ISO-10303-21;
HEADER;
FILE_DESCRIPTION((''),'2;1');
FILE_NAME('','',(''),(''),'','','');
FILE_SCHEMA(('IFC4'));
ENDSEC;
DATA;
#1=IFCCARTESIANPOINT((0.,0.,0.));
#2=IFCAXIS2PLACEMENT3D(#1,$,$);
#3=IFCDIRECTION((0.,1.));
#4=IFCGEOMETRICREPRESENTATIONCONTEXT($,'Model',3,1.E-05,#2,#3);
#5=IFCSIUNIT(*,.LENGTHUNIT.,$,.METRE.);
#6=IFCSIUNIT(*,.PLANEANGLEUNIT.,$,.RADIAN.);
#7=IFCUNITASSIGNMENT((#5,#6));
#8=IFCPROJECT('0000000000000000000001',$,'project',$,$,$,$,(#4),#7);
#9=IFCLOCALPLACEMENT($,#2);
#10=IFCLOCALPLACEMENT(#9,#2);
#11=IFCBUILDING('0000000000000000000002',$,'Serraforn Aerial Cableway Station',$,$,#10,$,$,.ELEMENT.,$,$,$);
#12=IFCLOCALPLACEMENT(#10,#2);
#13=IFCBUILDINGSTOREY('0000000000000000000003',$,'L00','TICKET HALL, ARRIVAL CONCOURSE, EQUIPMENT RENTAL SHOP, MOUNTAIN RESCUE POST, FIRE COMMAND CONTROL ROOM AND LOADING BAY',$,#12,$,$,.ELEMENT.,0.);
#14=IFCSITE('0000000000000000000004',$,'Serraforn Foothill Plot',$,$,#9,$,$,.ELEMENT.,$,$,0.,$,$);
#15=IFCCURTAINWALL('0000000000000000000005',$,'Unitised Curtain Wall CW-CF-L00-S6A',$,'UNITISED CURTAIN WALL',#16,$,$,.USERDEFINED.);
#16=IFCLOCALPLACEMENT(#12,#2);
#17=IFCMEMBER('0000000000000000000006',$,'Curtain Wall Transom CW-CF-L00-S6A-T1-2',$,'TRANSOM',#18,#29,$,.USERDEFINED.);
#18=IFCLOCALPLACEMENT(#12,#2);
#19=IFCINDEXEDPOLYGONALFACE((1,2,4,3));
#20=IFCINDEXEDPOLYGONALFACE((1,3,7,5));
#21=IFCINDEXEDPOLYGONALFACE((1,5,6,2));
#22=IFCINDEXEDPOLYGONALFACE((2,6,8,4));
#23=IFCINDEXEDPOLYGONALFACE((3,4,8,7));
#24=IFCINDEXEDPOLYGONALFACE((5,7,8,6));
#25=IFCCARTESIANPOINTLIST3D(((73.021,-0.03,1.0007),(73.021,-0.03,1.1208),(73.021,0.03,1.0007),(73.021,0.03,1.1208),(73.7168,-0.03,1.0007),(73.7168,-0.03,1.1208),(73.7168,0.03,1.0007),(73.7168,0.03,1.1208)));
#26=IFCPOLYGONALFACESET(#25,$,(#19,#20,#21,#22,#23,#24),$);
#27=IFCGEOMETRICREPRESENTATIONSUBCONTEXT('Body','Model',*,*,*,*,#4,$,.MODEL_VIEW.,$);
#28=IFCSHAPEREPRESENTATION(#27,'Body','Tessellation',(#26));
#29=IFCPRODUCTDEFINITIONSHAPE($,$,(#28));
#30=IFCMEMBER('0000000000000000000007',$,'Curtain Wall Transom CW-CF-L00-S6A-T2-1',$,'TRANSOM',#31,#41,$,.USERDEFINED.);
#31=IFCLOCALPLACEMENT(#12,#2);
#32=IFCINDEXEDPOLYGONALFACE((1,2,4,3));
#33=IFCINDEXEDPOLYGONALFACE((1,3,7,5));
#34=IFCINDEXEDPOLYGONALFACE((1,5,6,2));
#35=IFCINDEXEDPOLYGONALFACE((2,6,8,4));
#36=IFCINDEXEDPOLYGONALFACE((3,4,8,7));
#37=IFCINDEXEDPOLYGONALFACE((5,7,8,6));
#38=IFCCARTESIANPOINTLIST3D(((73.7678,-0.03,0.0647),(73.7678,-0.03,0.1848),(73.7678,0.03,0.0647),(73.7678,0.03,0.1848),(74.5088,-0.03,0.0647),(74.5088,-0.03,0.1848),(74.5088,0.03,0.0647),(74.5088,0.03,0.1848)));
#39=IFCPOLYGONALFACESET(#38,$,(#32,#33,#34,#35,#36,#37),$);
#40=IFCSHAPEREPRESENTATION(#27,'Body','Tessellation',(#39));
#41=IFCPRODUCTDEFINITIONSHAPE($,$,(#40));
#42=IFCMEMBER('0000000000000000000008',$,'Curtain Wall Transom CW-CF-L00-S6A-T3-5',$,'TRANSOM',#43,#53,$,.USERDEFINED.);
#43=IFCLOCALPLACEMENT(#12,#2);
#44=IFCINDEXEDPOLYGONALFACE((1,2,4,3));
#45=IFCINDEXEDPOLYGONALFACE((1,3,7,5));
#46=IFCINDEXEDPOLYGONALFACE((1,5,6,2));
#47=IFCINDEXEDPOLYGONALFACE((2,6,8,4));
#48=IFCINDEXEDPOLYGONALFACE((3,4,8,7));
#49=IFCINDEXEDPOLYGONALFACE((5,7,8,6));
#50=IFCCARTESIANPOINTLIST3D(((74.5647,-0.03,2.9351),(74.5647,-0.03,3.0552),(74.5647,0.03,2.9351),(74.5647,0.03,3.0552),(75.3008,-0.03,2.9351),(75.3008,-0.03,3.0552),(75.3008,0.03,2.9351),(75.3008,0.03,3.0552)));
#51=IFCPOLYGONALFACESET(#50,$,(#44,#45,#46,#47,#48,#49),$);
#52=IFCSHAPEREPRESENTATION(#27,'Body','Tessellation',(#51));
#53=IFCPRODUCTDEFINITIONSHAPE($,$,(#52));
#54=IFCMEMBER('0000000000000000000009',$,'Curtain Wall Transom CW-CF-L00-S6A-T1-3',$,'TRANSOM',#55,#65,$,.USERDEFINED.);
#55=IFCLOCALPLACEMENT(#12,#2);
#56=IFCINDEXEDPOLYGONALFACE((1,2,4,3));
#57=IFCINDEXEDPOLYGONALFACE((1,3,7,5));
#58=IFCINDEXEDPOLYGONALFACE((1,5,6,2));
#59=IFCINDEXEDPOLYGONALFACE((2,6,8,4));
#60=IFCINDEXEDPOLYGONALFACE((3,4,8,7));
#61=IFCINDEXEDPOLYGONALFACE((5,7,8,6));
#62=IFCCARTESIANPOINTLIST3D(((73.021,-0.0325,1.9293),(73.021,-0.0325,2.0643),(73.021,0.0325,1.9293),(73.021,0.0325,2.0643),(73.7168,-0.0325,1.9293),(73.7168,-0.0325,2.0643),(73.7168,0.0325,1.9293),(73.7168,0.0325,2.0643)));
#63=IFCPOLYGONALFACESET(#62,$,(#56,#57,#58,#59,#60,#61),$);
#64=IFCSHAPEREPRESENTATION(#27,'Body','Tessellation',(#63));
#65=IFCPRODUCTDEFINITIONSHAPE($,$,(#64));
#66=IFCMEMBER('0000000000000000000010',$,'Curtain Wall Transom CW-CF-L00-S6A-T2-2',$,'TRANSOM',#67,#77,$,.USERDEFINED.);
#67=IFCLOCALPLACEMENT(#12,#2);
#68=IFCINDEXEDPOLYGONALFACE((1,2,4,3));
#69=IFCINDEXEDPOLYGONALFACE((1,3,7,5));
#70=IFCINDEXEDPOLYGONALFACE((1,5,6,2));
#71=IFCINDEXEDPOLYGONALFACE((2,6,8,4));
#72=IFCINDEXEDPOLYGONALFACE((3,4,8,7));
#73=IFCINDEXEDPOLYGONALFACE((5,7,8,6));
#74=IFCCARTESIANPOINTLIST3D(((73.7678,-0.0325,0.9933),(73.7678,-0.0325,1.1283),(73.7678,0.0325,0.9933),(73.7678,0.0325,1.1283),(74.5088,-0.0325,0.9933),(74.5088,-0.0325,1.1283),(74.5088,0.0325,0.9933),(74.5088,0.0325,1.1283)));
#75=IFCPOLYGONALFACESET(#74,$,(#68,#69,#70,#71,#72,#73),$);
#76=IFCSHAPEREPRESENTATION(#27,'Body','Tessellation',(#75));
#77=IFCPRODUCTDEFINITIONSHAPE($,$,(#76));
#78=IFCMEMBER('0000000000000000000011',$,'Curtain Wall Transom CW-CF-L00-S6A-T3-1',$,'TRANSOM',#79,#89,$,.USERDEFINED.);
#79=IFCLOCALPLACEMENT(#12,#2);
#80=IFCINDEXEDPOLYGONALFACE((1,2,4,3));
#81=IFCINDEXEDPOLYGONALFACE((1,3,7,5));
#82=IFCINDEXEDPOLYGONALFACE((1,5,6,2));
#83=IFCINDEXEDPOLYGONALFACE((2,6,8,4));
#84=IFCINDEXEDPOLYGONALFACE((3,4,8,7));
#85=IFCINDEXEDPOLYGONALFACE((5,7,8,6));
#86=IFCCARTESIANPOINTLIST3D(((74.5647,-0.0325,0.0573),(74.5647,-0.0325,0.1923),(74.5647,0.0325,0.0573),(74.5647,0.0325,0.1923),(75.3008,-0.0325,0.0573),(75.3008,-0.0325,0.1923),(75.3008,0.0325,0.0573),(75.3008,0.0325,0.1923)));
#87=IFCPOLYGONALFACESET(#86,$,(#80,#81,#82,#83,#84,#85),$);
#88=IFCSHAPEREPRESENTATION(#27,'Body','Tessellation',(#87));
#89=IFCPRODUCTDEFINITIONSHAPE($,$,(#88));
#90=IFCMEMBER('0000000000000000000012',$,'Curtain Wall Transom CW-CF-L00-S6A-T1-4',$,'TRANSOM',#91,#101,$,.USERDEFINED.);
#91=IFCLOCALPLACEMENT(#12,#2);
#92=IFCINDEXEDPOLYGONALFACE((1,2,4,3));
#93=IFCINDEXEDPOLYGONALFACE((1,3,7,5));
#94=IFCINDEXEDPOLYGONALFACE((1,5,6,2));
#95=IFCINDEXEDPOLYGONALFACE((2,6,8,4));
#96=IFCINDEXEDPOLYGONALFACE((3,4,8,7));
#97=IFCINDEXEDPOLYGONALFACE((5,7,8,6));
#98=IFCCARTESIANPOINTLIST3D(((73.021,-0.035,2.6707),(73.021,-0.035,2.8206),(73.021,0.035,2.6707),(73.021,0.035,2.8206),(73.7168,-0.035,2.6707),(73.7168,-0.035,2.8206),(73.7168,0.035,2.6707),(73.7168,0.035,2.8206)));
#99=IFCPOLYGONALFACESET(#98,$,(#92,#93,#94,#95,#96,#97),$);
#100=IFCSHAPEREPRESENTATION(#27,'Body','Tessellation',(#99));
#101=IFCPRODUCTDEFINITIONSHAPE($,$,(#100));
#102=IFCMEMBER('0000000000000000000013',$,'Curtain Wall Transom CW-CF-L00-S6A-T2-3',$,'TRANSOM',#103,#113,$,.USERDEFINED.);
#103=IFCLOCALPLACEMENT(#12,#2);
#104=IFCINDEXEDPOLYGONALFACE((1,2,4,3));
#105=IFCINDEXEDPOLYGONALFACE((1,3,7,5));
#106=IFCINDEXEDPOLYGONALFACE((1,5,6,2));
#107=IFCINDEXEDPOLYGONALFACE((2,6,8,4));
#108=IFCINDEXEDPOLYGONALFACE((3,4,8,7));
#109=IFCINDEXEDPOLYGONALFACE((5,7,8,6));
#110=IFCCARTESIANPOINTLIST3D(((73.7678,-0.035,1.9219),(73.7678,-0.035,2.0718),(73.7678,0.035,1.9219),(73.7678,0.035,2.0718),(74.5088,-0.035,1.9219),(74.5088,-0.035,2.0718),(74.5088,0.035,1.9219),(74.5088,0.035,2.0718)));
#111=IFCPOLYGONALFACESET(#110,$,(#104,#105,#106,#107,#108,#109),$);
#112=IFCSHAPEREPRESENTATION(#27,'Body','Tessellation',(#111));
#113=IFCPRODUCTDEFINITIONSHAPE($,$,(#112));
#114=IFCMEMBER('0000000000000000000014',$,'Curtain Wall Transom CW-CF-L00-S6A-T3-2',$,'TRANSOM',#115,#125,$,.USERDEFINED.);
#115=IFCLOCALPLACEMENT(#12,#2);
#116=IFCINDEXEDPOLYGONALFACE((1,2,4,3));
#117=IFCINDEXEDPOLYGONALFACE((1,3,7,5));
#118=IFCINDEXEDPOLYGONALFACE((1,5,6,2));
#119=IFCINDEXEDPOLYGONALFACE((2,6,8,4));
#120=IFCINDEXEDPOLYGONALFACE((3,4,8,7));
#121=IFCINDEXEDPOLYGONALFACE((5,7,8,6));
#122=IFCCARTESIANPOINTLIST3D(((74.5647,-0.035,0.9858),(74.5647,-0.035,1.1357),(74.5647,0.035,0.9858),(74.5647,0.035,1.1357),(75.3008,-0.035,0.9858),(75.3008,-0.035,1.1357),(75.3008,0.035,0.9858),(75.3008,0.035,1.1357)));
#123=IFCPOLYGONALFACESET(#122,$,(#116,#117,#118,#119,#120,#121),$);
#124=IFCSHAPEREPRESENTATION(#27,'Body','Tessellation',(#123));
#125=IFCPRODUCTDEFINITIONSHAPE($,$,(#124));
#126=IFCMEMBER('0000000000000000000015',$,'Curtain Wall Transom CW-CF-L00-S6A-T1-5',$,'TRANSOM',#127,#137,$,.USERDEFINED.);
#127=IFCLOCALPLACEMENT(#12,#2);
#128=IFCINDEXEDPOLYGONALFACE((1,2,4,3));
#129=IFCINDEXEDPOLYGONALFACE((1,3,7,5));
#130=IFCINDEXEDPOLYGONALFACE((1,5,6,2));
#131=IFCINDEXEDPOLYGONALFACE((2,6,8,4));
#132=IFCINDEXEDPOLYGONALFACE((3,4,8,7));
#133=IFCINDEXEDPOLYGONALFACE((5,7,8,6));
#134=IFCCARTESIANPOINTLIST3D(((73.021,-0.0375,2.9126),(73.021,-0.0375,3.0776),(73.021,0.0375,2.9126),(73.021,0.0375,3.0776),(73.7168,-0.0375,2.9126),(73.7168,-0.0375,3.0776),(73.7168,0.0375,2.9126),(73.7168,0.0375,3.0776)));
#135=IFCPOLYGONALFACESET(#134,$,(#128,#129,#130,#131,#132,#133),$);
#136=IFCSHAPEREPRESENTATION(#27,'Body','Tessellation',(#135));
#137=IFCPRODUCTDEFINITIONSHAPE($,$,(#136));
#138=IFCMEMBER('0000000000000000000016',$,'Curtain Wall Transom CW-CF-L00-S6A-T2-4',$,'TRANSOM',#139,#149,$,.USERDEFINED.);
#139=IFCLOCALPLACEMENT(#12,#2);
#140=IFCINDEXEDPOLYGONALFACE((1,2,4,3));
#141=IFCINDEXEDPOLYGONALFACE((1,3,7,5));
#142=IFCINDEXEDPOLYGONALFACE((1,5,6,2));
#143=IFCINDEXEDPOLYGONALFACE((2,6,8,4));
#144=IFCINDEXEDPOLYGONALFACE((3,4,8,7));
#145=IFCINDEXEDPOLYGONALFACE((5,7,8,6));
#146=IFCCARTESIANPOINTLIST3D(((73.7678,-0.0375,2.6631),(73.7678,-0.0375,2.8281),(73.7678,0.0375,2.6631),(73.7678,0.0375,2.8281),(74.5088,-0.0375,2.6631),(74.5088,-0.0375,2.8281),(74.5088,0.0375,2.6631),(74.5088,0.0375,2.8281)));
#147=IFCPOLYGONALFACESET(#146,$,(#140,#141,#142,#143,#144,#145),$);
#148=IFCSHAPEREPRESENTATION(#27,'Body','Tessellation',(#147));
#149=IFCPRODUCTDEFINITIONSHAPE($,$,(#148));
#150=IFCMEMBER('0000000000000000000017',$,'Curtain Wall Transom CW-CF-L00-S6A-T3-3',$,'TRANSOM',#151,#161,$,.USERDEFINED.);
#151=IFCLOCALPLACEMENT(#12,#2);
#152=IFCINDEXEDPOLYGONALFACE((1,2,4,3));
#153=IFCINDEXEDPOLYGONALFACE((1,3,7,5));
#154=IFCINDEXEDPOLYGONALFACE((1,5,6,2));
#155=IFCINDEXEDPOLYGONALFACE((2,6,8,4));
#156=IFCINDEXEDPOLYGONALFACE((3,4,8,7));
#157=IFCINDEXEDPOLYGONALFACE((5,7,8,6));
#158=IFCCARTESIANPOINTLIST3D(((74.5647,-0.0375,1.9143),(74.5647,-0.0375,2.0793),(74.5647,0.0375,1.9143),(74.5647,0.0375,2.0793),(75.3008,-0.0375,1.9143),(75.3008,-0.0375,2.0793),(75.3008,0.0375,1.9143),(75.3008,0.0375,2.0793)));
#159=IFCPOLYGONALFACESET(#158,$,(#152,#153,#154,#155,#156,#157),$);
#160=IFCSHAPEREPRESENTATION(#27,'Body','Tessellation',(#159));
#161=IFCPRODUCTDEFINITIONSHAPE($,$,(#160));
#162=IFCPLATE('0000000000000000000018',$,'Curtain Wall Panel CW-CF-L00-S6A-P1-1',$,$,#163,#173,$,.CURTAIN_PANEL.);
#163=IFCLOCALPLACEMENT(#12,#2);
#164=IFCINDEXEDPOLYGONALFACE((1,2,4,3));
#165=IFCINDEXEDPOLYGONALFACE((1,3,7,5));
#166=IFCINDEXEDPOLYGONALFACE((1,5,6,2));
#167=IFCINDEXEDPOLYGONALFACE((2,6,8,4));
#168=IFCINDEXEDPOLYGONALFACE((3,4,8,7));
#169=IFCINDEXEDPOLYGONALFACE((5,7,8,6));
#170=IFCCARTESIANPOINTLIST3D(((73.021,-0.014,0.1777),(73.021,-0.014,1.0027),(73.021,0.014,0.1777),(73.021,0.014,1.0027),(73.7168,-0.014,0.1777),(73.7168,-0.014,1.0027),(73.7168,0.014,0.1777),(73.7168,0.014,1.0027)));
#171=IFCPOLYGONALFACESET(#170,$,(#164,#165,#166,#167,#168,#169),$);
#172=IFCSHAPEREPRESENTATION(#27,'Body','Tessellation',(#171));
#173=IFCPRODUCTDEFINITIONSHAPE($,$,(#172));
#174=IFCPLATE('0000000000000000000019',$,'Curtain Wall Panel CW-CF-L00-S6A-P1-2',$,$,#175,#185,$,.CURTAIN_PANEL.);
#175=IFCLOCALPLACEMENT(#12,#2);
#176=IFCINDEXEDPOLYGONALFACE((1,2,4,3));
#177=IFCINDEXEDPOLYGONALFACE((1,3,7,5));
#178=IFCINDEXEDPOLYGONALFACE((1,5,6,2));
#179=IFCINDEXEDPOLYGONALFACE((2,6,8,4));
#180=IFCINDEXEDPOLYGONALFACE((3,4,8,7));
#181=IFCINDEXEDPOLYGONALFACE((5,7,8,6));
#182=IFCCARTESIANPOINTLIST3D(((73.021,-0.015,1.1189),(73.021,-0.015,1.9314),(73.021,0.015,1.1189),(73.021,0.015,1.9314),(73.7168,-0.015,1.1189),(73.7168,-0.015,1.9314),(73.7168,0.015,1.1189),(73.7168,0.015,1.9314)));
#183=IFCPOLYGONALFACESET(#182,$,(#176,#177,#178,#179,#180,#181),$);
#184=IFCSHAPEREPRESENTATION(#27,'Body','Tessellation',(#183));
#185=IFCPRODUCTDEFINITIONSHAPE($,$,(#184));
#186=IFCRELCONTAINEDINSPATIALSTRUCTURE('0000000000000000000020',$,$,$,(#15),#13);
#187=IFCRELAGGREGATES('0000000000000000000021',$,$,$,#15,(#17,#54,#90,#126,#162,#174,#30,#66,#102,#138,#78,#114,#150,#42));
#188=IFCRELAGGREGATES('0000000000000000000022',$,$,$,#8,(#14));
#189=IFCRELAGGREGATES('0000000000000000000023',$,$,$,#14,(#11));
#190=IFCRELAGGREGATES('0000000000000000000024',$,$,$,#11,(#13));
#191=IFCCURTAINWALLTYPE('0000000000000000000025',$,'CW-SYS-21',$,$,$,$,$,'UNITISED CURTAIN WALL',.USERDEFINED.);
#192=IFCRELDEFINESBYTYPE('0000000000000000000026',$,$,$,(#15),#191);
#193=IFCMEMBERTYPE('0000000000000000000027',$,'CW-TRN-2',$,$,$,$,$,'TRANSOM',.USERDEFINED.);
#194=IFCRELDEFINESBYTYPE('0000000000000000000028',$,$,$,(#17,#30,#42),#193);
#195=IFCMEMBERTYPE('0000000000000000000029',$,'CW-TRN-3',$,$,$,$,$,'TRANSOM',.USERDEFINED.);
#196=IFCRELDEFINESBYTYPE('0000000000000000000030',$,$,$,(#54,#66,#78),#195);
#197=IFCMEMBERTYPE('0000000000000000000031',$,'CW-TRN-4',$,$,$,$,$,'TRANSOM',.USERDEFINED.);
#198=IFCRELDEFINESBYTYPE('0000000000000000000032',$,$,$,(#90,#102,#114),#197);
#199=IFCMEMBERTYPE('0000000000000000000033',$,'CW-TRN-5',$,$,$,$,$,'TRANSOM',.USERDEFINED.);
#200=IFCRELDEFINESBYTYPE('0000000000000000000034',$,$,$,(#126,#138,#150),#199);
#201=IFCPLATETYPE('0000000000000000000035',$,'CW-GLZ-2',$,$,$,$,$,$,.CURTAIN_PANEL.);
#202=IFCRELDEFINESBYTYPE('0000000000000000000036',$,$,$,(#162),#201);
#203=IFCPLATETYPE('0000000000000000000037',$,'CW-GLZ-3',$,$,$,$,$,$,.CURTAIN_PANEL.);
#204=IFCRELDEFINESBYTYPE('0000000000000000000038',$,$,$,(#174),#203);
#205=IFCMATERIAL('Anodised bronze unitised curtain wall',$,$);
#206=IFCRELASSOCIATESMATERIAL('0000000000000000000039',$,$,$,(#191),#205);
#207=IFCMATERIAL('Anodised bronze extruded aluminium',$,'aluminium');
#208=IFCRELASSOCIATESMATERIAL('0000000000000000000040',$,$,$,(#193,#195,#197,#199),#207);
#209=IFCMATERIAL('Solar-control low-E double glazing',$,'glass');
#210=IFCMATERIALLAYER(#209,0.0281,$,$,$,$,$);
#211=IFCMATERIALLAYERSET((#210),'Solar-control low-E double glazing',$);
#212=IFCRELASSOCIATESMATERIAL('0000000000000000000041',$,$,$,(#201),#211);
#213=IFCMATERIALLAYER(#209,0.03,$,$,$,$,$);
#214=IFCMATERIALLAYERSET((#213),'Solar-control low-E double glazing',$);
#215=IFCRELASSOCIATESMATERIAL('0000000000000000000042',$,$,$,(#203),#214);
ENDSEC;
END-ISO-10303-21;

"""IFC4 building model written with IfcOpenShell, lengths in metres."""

from ifc_helpers import new_model, si_unit, direction, frame, origin, origin_2d, place, context, subcontext, project, spatial, rectangle, extrude, material, layer, layer_set, material_profile, profile_set, type_object, element, aggregate, save


model = new_model("IFC4")

# Units and contexts
model_context = context("Model", 3, precision=1e-05, world=origin(), true_north=direction((0.0, 1.0)))
body_context = subcontext(model_context, "Body", "Model", "MODEL_VIEW")
ifc_project = project(units=[si_unit("LENGTHUNIT", "METRE"), si_unit("PLANEANGLEUNIT", "RADIAN")], contexts=[model_context])

# Site, building, storey
site_placement = place(None, origin())
site = spatial("IfcSite", under=ifc_project, at=site_placement, Name="Serraforn Foothill Plot", CompositionType="ELEMENT", RefElevation=0.0)
building_placement = place(site_placement, origin())
building = spatial("IfcBuilding", under=site, at=building_placement, Name="Serraforn Aerial Cableway Station", CompositionType="ELEMENT")
storey_placement = place(building_placement, origin())
storey = spatial("IfcBuildingStorey", under=building, at=storey_placement, Name="L00", Description="TICKET HALL, ARRIVAL CONCOURSE, EQUIPMENT RENTAL SHOP, MOUNTAIN RESCUE POST, FIRE COMMAND CONTROL ROOM AND LOADING BAY", CompositionType="ELEMENT", Elevation=0.0)

# Curtain wall, members, plates
ifc_material_1 = material(Name="Anodised bronze unitised curtain wall")
curtain_wall_type = type_object("IfcCurtainWallType", Name="CW-SYS-21", ElementType="UNITISED CURTAIN WALL", PredefinedType="USERDEFINED", material=ifc_material_1)
curtain_wall_placement = place(storey_placement, origin())
curtain_wall = element("IfcCurtainWall", 1, at=curtain_wall_placement, inside=storey, type_object=curtain_wall_type, Name="Unitised Curtain Wall CW-CF-L00-S6A", ObjectType="UNITISED CURTAIN WALL", PredefinedType="USERDEFINED")
ifc_material_2 = material(Name="Anodised bronze extruded aluminium", Category="aluminium")
ifc_material_profile_1 = material_profile(ifc_material_2, rectangle(XDim=0.0601, YDim=0.1201, at=origin_2d()), Name="CW TRANSOM 60x120")
ifc_profile_set_1 = profile_set([ifc_material_profile_1], Name="Anodised bronze extruded aluminium")
member_type_1 = type_object("IfcMemberType", Name="CW-TRN-2", ElementType="TRANSOM", PredefinedType="USERDEFINED", material=ifc_profile_set_1)
member_1_placement = place(storey_placement, frame((73.021, 0.0, 1.0608), z_axis=(1.0, 0.0, 0.0), x_axis=(0.0, 1.0, 0.0)))
member_1 = element("IfcMember", 2, at=member_1_placement, type_object=member_type_1, Name="Curtain Wall Transom CW-CF-L00-S6A-T1-2", ObjectType="TRANSOM", PredefinedType="USERDEFINED", context=body_context, shape_type="SweptSolid", body=[
    extrude(rectangle(XDim=0.0601, YDim=0.1201, at=origin_2d()), origin(), (0.0, 0.0, 1.0), 0.6958),
])
member_2_placement = place(storey_placement, frame((73.7678, 0.0, 0.1248), z_axis=(1.0, 0.0, 0.0), x_axis=(0.0, 1.0, 0.0)))
member_2 = element("IfcMember", 3, at=member_2_placement, type_object=member_type_1, Name="Curtain Wall Transom CW-CF-L00-S6A-T2-1", ObjectType="TRANSOM", PredefinedType="USERDEFINED", context=body_context, shape_type="SweptSolid", body=[
    extrude(rectangle(XDim=0.0601, YDim=0.1201, at=origin_2d()), origin(), (0.0, 0.0, 1.0), 0.741),
])
member_3_placement = place(storey_placement, frame((74.5647, 0.0, 2.9951), z_axis=(1.0, 0.0, 0.0), x_axis=(0.0, 1.0, 0.0)))
member_3 = element("IfcMember", 4, at=member_3_placement, type_object=member_type_1, Name="Curtain Wall Transom CW-CF-L00-S6A-T3-5", ObjectType="TRANSOM", PredefinedType="USERDEFINED", context=body_context, shape_type="SweptSolid", body=[
    extrude(rectangle(XDim=0.0601, YDim=0.1201, at=origin_2d()), origin(), (0.0, 0.0, 1.0), 0.7361),
])
ifc_material_profile_2 = material_profile(ifc_material_2, rectangle(XDim=0.0649, YDim=0.135, at=origin_2d()), Name="CW TRANSOM 65x135")
ifc_profile_set_2 = profile_set([ifc_material_profile_2], Name="Anodised bronze extruded aluminium")
member_type_2 = type_object("IfcMemberType", Name="CW-TRN-3", ElementType="TRANSOM", PredefinedType="USERDEFINED", material=ifc_profile_set_2)
member_4_placement = place(storey_placement, frame((73.021, 0.0, 1.9968), z_axis=(1.0, 0.0, 0.0), x_axis=(0.0, 1.0, 0.0)))
member_4 = element("IfcMember", 5, at=member_4_placement, type_object=member_type_2, Name="Curtain Wall Transom CW-CF-L00-S6A-T1-3", ObjectType="TRANSOM", PredefinedType="USERDEFINED", context=body_context, shape_type="SweptSolid", body=[
    extrude(rectangle(XDim=0.0649, YDim=0.135, at=origin_2d()), origin(), (0.0, 0.0, 1.0), 0.6958),
])
member_5_placement = place(storey_placement, frame((73.7678, 0.0, 1.0608), z_axis=(1.0, 0.0, 0.0), x_axis=(0.0, 1.0, 0.0)))
member_5 = element("IfcMember", 6, at=member_5_placement, type_object=member_type_2, Name="Curtain Wall Transom CW-CF-L00-S6A-T2-2", ObjectType="TRANSOM", PredefinedType="USERDEFINED", context=body_context, shape_type="SweptSolid", body=[
    extrude(rectangle(XDim=0.0649, YDim=0.135, at=origin_2d()), origin(), (0.0, 0.0, 1.0), 0.741),
])
member_6_placement = place(storey_placement, frame((74.5647, 0.0, 0.1248), z_axis=(1.0, 0.0, 0.0), x_axis=(0.0, 1.0, 0.0)))
member_6 = element("IfcMember", 7, at=member_6_placement, type_object=member_type_2, Name="Curtain Wall Transom CW-CF-L00-S6A-T3-1", ObjectType="TRANSOM", PredefinedType="USERDEFINED", context=body_context, shape_type="SweptSolid", body=[
    extrude(rectangle(XDim=0.0649, YDim=0.135, at=origin_2d()), origin(), (0.0, 0.0, 1.0), 0.7361),
])
ifc_material_profile_3 = material_profile(ifc_material_2, rectangle(XDim=0.0701, YDim=0.1499, at=origin_2d()), Name="CW TRANSOM 70x150")
ifc_profile_set_3 = profile_set([ifc_material_profile_3], Name="Anodised bronze extruded aluminium")
member_type_3 = type_object("IfcMemberType", Name="CW-TRN-4", ElementType="TRANSOM", PredefinedType="USERDEFINED", material=ifc_profile_set_3)
member_7_placement = place(storey_placement, frame((73.021, 0.0, 2.7456), z_axis=(1.0, 0.0, 0.0), x_axis=(0.0, 1.0, 0.0)))
member_7 = element("IfcMember", 8, at=member_7_placement, type_object=member_type_3, Name="Curtain Wall Transom CW-CF-L00-S6A-T1-4", ObjectType="TRANSOM", PredefinedType="USERDEFINED", context=body_context, shape_type="SweptSolid", body=[
    extrude(rectangle(XDim=0.0701, YDim=0.1499, at=origin_2d()), origin(), (0.0, 0.0, 1.0), 0.6958),
])
member_8_placement = place(storey_placement, frame((73.7678, 0.0, 1.9968), z_axis=(1.0, 0.0, 0.0), x_axis=(0.0, 1.0, 0.0)))
member_8 = element("IfcMember", 9, at=member_8_placement, type_object=member_type_3, Name="Curtain Wall Transom CW-CF-L00-S6A-T2-3", ObjectType="TRANSOM", PredefinedType="USERDEFINED", context=body_context, shape_type="SweptSolid", body=[
    extrude(rectangle(XDim=0.0701, YDim=0.1499, at=origin_2d()), origin(), (0.0, 0.0, 1.0), 0.741),
])
member_9_placement = place(storey_placement, frame((74.5647, 0.0, 1.0608), z_axis=(1.0, 0.0, 0.0), x_axis=(0.0, 1.0, 0.0)))
member_9 = element("IfcMember", 10, at=member_9_placement, type_object=member_type_3, Name="Curtain Wall Transom CW-CF-L00-S6A-T3-2", ObjectType="TRANSOM", PredefinedType="USERDEFINED", context=body_context, shape_type="SweptSolid", body=[
    extrude(rectangle(XDim=0.0701, YDim=0.1499, at=origin_2d()), origin(), (0.0, 0.0, 1.0), 0.7361),
])
ifc_material_profile_4 = material_profile(ifc_material_2, rectangle(XDim=0.075, YDim=0.165, at=origin_2d()), Name="CW TRANSOM 75x165")
ifc_profile_set_4 = profile_set([ifc_material_profile_4], Name="Anodised bronze extruded aluminium")
member_type_4 = type_object("IfcMemberType", Name="CW-TRN-5", ElementType="TRANSOM", PredefinedType="USERDEFINED", material=ifc_profile_set_4)
member_10_placement = place(storey_placement, frame((73.021, 0.0, 2.9951), z_axis=(1.0, 0.0, 0.0), x_axis=(0.0, 1.0, 0.0)))
member_10 = element("IfcMember", 11, at=member_10_placement, type_object=member_type_4, Name="Curtain Wall Transom CW-CF-L00-S6A-T1-5", ObjectType="TRANSOM", PredefinedType="USERDEFINED", context=body_context, shape_type="SweptSolid", body=[
    extrude(rectangle(XDim=0.075, YDim=0.165, at=origin_2d()), origin(), (0.0, 0.0, 1.0), 0.6958),
])
member_11_placement = place(storey_placement, frame((73.7678, 0.0, 2.7456), z_axis=(1.0, 0.0, 0.0), x_axis=(0.0, 1.0, 0.0)))
member_11 = element("IfcMember", 12, at=member_11_placement, type_object=member_type_4, Name="Curtain Wall Transom CW-CF-L00-S6A-T2-4", ObjectType="TRANSOM", PredefinedType="USERDEFINED", context=body_context, shape_type="SweptSolid", body=[
    extrude(rectangle(XDim=0.075, YDim=0.165, at=origin_2d()), origin(), (0.0, 0.0, 1.0), 0.741),
])
member_12_placement = place(storey_placement, frame((74.5647, 0.0, 1.9968), z_axis=(1.0, 0.0, 0.0), x_axis=(0.0, 1.0, 0.0)))
member_12 = element("IfcMember", 13, at=member_12_placement, type_object=member_type_4, Name="Curtain Wall Transom CW-CF-L00-S6A-T3-3", ObjectType="TRANSOM", PredefinedType="USERDEFINED", context=body_context, shape_type="SweptSolid", body=[
    extrude(rectangle(XDim=0.075, YDim=0.165, at=origin_2d()), origin(), (0.0, 0.0, 1.0), 0.7361),
])
ifc_material_3 = material(Name="Solar-control low-E double glazing", Category="glass")
ifc_layer_1 = layer(ifc_material_3, 0.0281)
ifc_layer_set_1 = layer_set([ifc_layer_1], Name="Solar-control low-E double glazing")
plate_type_1 = type_object("IfcPlateType", Name="CW-GLZ-2", PredefinedType="CURTAIN_PANEL", material=ifc_layer_set_1)
plate_1_placement = place(storey_placement, frame((73.3689, 0.0, 0.1777), z_axis=(0.0, 0.0, 1.0), x_axis=(1.0, 0.0, 0.0)))
plate_1 = element("IfcPlate", 14, at=plate_1_placement, type_object=plate_type_1, Name="Curtain Wall Panel CW-CF-L00-S6A-P1-1", PredefinedType="CURTAIN_PANEL", context=body_context, shape_type="SweptSolid", body=[
    extrude(rectangle(XDim=0.6958, YDim=0.0281, at=origin_2d()), origin(), (0.0, 0.0, 1.0), 0.825),
])
ifc_layer_2 = layer(ifc_material_3, 0.03)
ifc_layer_set_2 = layer_set([ifc_layer_2], Name="Solar-control low-E double glazing")
plate_type_2 = type_object("IfcPlateType", Name="CW-GLZ-3", PredefinedType="CURTAIN_PANEL", material=ifc_layer_set_2)
plate_2_placement = place(storey_placement, frame((73.3689, 0.0, 1.1189), z_axis=(0.0, 0.0, 1.0), x_axis=(1.0, 0.0, 0.0)))
plate_2 = element("IfcPlate", 15, at=plate_2_placement, type_object=plate_type_2, Name="Curtain Wall Panel CW-CF-L00-S6A-P1-2", PredefinedType="CURTAIN_PANEL", context=body_context, shape_type="SweptSolid", body=[
    extrude(rectangle(XDim=0.6958, YDim=0.03, at=origin_2d()), origin(), (0.0, 0.0, 1.0), 0.8125),
])
aggregate(curtain_wall, [member_1, member_4, member_7, member_10, plate_1, plate_2, member_2, member_5, member_8, member_11, member_6, member_9, member_12, member_3])

save(model, "model.ifc")
